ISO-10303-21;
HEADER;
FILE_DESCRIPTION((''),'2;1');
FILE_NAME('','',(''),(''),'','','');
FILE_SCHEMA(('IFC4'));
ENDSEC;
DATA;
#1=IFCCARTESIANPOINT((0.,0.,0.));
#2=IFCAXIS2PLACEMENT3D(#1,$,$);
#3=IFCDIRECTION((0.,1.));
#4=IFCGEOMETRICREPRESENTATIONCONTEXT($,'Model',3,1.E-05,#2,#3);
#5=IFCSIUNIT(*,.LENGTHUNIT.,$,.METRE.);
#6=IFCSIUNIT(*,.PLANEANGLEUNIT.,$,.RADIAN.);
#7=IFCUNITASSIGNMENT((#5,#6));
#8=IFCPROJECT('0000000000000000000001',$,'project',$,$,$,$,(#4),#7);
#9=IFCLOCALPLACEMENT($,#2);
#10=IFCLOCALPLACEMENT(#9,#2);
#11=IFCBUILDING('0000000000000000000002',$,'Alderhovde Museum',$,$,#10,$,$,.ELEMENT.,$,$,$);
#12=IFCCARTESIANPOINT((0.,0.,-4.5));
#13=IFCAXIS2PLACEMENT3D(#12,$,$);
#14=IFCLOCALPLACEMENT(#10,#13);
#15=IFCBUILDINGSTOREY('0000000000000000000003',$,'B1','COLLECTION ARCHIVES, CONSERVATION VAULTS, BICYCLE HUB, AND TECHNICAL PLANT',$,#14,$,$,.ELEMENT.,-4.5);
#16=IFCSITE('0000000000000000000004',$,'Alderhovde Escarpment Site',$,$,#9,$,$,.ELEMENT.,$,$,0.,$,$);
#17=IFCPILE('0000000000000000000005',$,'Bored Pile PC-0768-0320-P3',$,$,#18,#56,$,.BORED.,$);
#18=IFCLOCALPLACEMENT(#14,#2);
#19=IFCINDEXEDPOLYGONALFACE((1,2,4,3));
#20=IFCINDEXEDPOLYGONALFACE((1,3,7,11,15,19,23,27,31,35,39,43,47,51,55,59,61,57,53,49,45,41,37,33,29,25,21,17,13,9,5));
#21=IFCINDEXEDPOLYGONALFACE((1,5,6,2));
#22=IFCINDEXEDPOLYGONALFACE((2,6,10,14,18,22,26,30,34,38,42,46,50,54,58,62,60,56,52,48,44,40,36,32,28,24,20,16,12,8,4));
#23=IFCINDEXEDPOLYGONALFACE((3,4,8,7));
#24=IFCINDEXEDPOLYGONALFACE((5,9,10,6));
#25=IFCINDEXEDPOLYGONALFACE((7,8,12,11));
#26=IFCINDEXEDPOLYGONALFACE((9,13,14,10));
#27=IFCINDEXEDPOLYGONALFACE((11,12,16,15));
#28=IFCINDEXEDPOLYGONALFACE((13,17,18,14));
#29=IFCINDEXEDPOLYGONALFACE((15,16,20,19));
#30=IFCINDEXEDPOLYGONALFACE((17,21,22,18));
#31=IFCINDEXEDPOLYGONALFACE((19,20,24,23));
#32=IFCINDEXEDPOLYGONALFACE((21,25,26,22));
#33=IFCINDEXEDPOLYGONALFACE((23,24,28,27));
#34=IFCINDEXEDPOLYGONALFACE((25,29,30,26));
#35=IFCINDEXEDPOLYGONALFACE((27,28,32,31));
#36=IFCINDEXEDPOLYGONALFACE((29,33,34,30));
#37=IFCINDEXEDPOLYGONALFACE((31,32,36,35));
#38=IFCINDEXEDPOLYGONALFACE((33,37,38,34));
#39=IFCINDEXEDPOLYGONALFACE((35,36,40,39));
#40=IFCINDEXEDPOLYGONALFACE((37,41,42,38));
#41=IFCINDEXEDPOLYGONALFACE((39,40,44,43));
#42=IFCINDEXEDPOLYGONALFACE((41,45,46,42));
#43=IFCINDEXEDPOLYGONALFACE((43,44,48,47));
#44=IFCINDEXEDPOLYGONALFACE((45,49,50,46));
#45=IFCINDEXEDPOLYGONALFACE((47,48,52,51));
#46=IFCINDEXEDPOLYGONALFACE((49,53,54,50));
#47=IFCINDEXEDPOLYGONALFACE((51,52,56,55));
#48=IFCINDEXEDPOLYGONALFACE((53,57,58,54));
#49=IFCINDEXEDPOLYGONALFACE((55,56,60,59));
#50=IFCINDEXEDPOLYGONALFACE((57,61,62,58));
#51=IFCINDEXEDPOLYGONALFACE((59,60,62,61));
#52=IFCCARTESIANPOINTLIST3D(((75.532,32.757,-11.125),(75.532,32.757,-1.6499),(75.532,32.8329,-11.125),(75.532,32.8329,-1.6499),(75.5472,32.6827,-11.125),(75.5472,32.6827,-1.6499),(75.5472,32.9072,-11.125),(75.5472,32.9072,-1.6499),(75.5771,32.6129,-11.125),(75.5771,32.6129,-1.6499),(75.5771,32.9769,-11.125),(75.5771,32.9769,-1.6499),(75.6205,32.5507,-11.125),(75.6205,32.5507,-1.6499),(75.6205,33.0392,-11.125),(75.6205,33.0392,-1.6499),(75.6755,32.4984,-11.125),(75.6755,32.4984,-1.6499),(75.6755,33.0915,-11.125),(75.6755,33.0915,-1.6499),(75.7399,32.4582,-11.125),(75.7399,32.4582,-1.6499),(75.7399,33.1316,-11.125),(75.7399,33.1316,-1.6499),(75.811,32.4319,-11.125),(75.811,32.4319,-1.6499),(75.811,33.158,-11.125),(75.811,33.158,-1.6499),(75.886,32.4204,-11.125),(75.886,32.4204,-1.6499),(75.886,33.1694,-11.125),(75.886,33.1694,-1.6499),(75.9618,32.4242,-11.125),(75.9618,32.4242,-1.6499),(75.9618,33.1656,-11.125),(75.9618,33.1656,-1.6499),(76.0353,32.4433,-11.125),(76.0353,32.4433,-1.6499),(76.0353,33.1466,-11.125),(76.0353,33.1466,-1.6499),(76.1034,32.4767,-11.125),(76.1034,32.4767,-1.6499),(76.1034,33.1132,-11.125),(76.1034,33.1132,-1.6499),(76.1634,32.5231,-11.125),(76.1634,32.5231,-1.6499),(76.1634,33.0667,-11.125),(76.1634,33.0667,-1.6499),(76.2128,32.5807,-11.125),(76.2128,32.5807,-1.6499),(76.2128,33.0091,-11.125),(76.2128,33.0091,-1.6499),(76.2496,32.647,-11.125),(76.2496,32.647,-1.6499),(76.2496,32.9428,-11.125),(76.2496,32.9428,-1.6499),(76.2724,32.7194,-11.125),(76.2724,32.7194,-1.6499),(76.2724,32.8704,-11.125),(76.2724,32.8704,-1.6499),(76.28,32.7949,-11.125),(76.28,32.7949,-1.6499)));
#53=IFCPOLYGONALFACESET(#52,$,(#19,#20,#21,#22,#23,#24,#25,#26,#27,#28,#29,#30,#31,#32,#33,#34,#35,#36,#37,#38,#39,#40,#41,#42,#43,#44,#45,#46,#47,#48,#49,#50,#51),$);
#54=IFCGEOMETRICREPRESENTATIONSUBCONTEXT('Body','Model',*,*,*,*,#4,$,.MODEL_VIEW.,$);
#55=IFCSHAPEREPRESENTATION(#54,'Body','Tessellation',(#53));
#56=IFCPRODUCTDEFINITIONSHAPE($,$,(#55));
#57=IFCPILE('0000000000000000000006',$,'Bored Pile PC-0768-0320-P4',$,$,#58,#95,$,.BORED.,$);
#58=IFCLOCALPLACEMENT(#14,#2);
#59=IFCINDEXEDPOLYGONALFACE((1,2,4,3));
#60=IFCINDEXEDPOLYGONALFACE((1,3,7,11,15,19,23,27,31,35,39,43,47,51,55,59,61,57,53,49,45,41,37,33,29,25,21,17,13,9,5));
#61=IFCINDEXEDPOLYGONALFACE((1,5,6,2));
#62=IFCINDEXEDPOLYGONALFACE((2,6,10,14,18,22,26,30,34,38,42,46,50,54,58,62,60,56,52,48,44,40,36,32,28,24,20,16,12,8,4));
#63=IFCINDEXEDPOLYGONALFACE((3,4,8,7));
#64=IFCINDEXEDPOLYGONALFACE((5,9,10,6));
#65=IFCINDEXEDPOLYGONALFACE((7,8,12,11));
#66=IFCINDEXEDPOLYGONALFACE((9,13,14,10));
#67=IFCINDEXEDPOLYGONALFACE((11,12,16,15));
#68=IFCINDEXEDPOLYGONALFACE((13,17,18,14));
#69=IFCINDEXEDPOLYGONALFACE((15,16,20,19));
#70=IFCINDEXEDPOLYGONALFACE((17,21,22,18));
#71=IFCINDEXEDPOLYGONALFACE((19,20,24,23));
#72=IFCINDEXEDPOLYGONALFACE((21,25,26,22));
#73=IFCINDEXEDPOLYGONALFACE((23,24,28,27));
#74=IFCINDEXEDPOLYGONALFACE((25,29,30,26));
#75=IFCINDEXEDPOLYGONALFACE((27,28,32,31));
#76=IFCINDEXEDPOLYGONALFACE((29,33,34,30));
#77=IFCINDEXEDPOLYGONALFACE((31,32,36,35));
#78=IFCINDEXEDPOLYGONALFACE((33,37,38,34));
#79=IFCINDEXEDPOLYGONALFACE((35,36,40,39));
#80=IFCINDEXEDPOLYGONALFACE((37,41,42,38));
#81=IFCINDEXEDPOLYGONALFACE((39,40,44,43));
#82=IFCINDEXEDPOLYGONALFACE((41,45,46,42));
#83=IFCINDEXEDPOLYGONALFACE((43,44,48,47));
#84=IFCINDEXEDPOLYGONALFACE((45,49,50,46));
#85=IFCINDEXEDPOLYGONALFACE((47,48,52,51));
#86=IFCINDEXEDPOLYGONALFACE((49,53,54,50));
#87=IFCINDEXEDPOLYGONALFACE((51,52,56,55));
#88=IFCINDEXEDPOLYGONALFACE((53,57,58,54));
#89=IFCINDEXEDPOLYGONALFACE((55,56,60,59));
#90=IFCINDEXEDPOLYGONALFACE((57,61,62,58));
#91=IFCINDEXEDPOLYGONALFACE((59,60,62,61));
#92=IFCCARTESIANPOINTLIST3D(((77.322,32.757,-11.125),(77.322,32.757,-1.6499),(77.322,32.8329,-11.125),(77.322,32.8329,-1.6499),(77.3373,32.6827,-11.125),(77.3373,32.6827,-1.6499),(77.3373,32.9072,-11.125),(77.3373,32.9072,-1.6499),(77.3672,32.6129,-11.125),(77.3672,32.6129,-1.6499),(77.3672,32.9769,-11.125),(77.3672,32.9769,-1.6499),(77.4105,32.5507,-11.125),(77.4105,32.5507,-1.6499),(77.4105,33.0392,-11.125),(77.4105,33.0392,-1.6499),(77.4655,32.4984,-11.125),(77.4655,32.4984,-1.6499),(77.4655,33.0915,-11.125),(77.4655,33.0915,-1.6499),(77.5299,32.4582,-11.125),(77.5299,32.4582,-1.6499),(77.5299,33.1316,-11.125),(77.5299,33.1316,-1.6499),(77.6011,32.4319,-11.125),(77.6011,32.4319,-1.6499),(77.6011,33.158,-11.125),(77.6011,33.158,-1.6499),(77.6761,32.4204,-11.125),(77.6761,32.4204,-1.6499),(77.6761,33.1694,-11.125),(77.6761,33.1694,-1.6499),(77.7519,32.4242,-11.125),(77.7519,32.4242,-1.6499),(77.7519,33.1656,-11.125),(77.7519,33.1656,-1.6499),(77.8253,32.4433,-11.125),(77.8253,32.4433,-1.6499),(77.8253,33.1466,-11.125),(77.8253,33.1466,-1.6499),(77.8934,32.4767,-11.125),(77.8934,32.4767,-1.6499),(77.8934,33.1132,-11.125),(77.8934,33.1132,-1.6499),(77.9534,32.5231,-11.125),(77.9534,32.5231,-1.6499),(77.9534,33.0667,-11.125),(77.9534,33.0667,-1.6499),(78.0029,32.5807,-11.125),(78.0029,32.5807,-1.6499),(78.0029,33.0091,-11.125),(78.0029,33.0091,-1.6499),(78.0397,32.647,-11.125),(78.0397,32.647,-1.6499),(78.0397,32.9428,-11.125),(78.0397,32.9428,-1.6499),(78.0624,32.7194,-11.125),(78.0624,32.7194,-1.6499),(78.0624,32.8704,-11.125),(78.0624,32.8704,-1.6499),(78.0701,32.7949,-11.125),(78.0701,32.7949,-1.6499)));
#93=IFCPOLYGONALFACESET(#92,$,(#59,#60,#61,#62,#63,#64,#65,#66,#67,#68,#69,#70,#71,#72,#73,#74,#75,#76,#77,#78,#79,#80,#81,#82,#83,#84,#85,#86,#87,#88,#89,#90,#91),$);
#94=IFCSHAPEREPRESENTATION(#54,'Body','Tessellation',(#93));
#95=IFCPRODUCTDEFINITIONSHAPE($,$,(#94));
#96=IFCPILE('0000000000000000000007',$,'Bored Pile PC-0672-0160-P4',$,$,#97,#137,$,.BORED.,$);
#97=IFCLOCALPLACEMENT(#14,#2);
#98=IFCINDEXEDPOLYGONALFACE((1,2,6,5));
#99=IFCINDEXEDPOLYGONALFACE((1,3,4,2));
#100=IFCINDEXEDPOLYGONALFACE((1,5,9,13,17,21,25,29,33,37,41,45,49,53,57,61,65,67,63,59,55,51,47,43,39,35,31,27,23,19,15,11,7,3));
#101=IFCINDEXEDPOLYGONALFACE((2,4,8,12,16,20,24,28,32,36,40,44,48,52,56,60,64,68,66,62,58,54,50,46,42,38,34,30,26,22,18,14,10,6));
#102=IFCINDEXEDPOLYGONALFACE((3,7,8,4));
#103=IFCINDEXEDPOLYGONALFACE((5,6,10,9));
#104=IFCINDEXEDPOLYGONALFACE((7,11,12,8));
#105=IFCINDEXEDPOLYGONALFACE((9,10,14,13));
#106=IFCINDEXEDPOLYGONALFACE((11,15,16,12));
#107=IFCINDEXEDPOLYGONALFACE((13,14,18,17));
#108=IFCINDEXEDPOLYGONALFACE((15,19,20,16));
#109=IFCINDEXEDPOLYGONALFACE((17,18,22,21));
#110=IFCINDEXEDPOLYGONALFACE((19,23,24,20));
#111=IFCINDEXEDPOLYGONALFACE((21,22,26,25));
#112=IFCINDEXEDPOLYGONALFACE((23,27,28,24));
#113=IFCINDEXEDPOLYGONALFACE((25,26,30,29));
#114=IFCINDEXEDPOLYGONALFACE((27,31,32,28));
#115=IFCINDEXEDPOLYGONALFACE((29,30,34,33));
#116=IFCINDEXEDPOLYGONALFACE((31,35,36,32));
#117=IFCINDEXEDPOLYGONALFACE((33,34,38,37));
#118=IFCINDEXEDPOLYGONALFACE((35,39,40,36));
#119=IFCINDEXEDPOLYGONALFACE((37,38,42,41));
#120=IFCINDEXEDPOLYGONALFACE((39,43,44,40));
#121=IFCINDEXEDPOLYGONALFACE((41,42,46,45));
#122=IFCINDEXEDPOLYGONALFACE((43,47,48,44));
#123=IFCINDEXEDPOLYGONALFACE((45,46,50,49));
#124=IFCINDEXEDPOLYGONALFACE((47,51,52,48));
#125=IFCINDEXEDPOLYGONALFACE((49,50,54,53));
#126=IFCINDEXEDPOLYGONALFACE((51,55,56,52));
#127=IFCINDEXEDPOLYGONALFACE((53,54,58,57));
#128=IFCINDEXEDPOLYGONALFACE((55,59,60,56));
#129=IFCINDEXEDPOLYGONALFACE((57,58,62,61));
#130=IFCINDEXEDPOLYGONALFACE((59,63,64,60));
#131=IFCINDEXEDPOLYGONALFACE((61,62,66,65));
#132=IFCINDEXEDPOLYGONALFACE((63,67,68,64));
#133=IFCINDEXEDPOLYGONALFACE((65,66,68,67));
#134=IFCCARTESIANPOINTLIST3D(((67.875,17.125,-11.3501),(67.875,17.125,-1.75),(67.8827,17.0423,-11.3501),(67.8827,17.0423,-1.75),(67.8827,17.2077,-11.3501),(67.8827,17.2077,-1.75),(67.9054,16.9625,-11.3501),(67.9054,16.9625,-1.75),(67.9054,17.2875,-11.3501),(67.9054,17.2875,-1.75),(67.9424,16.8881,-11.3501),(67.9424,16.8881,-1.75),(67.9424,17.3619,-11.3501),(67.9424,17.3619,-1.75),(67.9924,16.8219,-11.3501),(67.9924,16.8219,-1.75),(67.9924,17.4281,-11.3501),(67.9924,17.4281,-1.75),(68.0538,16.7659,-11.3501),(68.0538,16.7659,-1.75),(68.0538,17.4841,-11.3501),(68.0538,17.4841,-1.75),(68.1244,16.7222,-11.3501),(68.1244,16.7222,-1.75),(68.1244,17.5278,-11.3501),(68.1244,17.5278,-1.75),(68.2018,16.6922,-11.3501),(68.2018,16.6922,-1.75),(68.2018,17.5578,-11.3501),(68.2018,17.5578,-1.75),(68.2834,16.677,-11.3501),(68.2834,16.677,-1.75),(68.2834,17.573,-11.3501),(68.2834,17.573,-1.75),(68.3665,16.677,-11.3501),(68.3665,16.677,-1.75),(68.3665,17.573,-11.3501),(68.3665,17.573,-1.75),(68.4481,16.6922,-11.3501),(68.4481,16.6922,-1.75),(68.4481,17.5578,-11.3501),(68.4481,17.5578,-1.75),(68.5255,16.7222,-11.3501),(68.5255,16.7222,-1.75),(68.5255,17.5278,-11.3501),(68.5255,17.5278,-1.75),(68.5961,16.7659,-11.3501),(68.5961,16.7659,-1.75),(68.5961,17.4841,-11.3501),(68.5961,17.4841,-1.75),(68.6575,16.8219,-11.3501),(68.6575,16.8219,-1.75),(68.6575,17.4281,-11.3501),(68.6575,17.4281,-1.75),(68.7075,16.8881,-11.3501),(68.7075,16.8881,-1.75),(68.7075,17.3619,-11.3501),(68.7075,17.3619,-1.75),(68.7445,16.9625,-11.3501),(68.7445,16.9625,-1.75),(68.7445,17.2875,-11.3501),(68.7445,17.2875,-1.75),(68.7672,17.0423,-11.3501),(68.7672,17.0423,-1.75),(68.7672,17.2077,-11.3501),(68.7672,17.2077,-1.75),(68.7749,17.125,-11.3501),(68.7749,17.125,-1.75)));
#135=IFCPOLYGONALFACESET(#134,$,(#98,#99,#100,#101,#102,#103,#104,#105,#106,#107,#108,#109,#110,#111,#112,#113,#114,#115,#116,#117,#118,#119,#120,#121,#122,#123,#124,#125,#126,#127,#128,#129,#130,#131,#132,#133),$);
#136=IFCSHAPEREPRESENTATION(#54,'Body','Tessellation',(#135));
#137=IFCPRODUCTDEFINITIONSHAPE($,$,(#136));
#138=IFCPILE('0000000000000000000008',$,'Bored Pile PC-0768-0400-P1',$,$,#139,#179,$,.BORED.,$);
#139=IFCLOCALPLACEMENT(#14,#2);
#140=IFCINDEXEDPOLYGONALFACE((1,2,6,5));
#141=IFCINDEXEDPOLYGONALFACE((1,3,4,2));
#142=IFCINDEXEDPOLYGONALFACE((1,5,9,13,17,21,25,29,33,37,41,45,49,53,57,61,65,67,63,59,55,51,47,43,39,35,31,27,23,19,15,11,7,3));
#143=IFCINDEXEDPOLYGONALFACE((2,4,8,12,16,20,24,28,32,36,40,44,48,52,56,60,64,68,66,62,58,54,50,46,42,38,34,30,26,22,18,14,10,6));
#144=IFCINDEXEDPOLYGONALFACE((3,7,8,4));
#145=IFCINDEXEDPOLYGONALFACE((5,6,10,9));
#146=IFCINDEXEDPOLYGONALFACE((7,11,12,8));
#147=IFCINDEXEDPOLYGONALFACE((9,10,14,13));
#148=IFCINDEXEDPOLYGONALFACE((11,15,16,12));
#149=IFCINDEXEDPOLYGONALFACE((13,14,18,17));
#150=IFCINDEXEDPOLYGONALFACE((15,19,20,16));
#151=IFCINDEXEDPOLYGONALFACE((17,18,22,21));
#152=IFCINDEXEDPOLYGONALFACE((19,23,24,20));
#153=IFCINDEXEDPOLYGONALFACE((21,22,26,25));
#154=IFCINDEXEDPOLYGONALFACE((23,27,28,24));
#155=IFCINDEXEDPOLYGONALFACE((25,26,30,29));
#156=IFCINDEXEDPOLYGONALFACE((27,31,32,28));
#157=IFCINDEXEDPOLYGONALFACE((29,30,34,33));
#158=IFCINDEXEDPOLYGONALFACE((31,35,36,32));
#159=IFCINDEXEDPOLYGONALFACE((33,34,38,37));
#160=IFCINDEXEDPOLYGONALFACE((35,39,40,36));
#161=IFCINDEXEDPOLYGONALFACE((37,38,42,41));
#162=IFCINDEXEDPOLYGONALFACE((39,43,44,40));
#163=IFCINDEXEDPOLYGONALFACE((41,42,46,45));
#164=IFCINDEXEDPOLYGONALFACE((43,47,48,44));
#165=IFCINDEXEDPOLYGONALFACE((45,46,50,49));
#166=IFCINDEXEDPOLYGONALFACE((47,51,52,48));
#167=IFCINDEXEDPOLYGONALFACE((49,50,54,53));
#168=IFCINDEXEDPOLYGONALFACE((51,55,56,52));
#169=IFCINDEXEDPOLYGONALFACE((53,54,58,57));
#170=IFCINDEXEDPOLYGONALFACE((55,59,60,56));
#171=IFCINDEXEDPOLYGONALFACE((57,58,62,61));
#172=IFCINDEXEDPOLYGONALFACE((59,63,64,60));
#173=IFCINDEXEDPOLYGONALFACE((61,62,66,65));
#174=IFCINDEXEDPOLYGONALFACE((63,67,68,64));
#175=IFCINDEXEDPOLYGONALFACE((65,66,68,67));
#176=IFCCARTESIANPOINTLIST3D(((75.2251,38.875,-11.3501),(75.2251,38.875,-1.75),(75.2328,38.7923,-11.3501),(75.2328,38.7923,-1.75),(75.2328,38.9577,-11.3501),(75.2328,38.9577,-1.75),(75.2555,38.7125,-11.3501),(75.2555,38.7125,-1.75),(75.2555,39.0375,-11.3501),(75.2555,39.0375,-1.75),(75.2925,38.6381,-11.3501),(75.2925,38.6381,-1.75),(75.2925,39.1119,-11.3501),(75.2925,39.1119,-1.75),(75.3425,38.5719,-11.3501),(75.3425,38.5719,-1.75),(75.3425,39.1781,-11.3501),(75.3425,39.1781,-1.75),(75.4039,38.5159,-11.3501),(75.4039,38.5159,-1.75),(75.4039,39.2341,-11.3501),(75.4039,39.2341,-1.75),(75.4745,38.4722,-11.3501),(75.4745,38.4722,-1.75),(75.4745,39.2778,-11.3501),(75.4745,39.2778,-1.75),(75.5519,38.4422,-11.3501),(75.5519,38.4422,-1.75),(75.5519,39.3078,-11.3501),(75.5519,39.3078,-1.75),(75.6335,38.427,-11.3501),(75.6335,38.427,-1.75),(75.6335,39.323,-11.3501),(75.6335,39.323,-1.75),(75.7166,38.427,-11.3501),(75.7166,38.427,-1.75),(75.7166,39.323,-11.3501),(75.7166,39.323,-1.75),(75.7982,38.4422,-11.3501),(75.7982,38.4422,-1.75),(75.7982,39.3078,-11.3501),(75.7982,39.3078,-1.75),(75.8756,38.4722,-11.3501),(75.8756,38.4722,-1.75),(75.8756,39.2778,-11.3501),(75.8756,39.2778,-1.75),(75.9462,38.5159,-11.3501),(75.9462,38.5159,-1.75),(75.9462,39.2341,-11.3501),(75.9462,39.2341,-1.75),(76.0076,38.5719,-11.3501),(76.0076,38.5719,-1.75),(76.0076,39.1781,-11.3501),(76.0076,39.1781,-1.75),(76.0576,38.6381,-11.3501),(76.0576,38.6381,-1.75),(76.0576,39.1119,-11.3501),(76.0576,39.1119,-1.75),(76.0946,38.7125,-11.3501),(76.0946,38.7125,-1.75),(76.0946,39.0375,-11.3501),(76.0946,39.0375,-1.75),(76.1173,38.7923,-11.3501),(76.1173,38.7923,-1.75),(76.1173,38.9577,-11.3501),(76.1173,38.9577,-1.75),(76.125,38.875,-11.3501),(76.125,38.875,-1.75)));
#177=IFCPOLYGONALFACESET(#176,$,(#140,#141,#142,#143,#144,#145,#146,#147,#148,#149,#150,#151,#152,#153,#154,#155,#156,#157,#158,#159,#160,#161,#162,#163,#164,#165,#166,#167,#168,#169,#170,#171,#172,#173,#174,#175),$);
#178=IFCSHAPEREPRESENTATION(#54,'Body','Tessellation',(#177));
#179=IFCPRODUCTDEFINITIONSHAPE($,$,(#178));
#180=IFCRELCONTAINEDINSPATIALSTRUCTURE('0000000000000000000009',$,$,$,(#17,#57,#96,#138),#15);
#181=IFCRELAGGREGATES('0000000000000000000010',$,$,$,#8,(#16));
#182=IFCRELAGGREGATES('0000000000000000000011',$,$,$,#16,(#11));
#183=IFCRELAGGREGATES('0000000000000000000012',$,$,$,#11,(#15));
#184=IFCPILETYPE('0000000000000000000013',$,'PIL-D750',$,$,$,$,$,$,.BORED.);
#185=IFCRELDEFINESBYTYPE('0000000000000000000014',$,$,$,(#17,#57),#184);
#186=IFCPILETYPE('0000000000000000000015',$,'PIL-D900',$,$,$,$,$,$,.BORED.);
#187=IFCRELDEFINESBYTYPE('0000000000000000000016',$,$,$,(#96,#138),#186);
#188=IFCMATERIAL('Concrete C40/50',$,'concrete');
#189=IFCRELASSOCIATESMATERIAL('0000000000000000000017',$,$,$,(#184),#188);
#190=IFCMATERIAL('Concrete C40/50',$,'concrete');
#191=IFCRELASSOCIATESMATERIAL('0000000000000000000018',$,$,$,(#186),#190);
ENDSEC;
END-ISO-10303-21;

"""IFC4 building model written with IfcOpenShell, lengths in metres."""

from ifc_helpers import new_model, si_unit, direction, frame, origin, origin_2d, place, context, subcontext, project, spatial, circle, extrude, material, material_profile, profile_set, type_object, element, save


model = new_model("IFC4")

# Units and contexts
model_context = context("Model", 3, precision=1e-05, world=origin(), true_north=direction((0.0, 1.0)))
body_context = subcontext(model_context, "Body", "Model", "MODEL_VIEW")
ifc_project = project(units=[si_unit("LENGTHUNIT", "METRE"), si_unit("PLANEANGLEUNIT", "RADIAN")], contexts=[model_context])

# Site, building, storey
site_placement = place(None, origin())
site = spatial("IfcSite", under=ifc_project, at=site_placement, Name="Alderhovde Escarpment Site", CompositionType="ELEMENT", RefElevation=0.0)
building_placement = place(site_placement, origin())
building = spatial("IfcBuilding", under=site, at=building_placement, Name="Alderhovde Museum", CompositionType="ELEMENT")
storey_placement = place(building_placement, frame((0.0, 0.0, -4.5)))
storey = spatial("IfcBuildingStorey", under=building, at=storey_placement, Name="B1", Description="COLLECTION ARCHIVES, CONSERVATION VAULTS, BICYCLE HUB, AND TECHNICAL PLANT", CompositionType="ELEMENT", Elevation=-4.5)

# Piles
ifc_material_1 = material(Name="Concrete C40/50", Category="concrete")
ifc_material_profile_1 = material_profile(ifc_material_1, circle(Radius=0.375, at=origin_2d()), Name="PILE-D750")
ifc_profile_set_1 = profile_set([ifc_material_profile_1], Name="Concrete C40/50")
pile_type_1 = type_object("IfcPileType", Name="PIL-D750", PredefinedType="BORED", material=ifc_profile_set_1)
for number, where, z_axis, x_axis, name in (
    (1, (75.905, 32.7949, -1.6499), (0.0, 0.0, -1.0), (1.0, 0.0, 0.0), "Bored Pile PC-0768-0320-P3"),
    (2, (77.6951, 32.7949, -1.6499), (0.0, 0.0, -1.0), (1.0, 0.0, 0.0), "Bored Pile PC-0768-0320-P4"),
):
    element("IfcPile", number, at=place(storey_placement, frame(where, z_axis=z_axis, x_axis=x_axis)), inside=storey, type_object=pile_type_1, Name=name, PredefinedType="BORED", context=body_context, shape_type="SweptSolid", body=[
        extrude(circle(Radius=0.375, at=origin_2d()), origin(), (0.0, 0.0, 1.0), 9.4751),
    ])
ifc_material_2 = material(Name="Concrete C40/50", Category="concrete")
ifc_material_profile_2 = material_profile(ifc_material_2, circle(Radius=0.45, at=origin_2d()), Name="PILE-D900")
ifc_profile_set_2 = profile_set([ifc_material_profile_2], Name="Concrete C40/50")
pile_type_2 = type_object("IfcPileType", Name="PIL-D900", PredefinedType="BORED", material=ifc_profile_set_2)
for number, where, z_axis, x_axis, name in (
    (3, (68.325, 17.125, -1.75), (0.0, 0.0, -1.0), (1.0, 0.0, 0.0), "Bored Pile PC-0672-0160-P4"),
    (4, (75.675, 38.875, -1.75), (0.0, 0.0, -1.0), (1.0, 0.0, 0.0), "Bored Pile PC-0768-0400-P1"),
):
    element("IfcPile", number, at=place(storey_placement, frame(where, z_axis=z_axis, x_axis=x_axis)), inside=storey, type_object=pile_type_2, Name=name, PredefinedType="BORED", context=body_context, shape_type="SweptSolid", body=[
        extrude(circle(Radius=0.45, at=origin_2d()), origin(), (0.0, 0.0, 1.0), 9.6001),
    ])

save(model, "model.ifc")
